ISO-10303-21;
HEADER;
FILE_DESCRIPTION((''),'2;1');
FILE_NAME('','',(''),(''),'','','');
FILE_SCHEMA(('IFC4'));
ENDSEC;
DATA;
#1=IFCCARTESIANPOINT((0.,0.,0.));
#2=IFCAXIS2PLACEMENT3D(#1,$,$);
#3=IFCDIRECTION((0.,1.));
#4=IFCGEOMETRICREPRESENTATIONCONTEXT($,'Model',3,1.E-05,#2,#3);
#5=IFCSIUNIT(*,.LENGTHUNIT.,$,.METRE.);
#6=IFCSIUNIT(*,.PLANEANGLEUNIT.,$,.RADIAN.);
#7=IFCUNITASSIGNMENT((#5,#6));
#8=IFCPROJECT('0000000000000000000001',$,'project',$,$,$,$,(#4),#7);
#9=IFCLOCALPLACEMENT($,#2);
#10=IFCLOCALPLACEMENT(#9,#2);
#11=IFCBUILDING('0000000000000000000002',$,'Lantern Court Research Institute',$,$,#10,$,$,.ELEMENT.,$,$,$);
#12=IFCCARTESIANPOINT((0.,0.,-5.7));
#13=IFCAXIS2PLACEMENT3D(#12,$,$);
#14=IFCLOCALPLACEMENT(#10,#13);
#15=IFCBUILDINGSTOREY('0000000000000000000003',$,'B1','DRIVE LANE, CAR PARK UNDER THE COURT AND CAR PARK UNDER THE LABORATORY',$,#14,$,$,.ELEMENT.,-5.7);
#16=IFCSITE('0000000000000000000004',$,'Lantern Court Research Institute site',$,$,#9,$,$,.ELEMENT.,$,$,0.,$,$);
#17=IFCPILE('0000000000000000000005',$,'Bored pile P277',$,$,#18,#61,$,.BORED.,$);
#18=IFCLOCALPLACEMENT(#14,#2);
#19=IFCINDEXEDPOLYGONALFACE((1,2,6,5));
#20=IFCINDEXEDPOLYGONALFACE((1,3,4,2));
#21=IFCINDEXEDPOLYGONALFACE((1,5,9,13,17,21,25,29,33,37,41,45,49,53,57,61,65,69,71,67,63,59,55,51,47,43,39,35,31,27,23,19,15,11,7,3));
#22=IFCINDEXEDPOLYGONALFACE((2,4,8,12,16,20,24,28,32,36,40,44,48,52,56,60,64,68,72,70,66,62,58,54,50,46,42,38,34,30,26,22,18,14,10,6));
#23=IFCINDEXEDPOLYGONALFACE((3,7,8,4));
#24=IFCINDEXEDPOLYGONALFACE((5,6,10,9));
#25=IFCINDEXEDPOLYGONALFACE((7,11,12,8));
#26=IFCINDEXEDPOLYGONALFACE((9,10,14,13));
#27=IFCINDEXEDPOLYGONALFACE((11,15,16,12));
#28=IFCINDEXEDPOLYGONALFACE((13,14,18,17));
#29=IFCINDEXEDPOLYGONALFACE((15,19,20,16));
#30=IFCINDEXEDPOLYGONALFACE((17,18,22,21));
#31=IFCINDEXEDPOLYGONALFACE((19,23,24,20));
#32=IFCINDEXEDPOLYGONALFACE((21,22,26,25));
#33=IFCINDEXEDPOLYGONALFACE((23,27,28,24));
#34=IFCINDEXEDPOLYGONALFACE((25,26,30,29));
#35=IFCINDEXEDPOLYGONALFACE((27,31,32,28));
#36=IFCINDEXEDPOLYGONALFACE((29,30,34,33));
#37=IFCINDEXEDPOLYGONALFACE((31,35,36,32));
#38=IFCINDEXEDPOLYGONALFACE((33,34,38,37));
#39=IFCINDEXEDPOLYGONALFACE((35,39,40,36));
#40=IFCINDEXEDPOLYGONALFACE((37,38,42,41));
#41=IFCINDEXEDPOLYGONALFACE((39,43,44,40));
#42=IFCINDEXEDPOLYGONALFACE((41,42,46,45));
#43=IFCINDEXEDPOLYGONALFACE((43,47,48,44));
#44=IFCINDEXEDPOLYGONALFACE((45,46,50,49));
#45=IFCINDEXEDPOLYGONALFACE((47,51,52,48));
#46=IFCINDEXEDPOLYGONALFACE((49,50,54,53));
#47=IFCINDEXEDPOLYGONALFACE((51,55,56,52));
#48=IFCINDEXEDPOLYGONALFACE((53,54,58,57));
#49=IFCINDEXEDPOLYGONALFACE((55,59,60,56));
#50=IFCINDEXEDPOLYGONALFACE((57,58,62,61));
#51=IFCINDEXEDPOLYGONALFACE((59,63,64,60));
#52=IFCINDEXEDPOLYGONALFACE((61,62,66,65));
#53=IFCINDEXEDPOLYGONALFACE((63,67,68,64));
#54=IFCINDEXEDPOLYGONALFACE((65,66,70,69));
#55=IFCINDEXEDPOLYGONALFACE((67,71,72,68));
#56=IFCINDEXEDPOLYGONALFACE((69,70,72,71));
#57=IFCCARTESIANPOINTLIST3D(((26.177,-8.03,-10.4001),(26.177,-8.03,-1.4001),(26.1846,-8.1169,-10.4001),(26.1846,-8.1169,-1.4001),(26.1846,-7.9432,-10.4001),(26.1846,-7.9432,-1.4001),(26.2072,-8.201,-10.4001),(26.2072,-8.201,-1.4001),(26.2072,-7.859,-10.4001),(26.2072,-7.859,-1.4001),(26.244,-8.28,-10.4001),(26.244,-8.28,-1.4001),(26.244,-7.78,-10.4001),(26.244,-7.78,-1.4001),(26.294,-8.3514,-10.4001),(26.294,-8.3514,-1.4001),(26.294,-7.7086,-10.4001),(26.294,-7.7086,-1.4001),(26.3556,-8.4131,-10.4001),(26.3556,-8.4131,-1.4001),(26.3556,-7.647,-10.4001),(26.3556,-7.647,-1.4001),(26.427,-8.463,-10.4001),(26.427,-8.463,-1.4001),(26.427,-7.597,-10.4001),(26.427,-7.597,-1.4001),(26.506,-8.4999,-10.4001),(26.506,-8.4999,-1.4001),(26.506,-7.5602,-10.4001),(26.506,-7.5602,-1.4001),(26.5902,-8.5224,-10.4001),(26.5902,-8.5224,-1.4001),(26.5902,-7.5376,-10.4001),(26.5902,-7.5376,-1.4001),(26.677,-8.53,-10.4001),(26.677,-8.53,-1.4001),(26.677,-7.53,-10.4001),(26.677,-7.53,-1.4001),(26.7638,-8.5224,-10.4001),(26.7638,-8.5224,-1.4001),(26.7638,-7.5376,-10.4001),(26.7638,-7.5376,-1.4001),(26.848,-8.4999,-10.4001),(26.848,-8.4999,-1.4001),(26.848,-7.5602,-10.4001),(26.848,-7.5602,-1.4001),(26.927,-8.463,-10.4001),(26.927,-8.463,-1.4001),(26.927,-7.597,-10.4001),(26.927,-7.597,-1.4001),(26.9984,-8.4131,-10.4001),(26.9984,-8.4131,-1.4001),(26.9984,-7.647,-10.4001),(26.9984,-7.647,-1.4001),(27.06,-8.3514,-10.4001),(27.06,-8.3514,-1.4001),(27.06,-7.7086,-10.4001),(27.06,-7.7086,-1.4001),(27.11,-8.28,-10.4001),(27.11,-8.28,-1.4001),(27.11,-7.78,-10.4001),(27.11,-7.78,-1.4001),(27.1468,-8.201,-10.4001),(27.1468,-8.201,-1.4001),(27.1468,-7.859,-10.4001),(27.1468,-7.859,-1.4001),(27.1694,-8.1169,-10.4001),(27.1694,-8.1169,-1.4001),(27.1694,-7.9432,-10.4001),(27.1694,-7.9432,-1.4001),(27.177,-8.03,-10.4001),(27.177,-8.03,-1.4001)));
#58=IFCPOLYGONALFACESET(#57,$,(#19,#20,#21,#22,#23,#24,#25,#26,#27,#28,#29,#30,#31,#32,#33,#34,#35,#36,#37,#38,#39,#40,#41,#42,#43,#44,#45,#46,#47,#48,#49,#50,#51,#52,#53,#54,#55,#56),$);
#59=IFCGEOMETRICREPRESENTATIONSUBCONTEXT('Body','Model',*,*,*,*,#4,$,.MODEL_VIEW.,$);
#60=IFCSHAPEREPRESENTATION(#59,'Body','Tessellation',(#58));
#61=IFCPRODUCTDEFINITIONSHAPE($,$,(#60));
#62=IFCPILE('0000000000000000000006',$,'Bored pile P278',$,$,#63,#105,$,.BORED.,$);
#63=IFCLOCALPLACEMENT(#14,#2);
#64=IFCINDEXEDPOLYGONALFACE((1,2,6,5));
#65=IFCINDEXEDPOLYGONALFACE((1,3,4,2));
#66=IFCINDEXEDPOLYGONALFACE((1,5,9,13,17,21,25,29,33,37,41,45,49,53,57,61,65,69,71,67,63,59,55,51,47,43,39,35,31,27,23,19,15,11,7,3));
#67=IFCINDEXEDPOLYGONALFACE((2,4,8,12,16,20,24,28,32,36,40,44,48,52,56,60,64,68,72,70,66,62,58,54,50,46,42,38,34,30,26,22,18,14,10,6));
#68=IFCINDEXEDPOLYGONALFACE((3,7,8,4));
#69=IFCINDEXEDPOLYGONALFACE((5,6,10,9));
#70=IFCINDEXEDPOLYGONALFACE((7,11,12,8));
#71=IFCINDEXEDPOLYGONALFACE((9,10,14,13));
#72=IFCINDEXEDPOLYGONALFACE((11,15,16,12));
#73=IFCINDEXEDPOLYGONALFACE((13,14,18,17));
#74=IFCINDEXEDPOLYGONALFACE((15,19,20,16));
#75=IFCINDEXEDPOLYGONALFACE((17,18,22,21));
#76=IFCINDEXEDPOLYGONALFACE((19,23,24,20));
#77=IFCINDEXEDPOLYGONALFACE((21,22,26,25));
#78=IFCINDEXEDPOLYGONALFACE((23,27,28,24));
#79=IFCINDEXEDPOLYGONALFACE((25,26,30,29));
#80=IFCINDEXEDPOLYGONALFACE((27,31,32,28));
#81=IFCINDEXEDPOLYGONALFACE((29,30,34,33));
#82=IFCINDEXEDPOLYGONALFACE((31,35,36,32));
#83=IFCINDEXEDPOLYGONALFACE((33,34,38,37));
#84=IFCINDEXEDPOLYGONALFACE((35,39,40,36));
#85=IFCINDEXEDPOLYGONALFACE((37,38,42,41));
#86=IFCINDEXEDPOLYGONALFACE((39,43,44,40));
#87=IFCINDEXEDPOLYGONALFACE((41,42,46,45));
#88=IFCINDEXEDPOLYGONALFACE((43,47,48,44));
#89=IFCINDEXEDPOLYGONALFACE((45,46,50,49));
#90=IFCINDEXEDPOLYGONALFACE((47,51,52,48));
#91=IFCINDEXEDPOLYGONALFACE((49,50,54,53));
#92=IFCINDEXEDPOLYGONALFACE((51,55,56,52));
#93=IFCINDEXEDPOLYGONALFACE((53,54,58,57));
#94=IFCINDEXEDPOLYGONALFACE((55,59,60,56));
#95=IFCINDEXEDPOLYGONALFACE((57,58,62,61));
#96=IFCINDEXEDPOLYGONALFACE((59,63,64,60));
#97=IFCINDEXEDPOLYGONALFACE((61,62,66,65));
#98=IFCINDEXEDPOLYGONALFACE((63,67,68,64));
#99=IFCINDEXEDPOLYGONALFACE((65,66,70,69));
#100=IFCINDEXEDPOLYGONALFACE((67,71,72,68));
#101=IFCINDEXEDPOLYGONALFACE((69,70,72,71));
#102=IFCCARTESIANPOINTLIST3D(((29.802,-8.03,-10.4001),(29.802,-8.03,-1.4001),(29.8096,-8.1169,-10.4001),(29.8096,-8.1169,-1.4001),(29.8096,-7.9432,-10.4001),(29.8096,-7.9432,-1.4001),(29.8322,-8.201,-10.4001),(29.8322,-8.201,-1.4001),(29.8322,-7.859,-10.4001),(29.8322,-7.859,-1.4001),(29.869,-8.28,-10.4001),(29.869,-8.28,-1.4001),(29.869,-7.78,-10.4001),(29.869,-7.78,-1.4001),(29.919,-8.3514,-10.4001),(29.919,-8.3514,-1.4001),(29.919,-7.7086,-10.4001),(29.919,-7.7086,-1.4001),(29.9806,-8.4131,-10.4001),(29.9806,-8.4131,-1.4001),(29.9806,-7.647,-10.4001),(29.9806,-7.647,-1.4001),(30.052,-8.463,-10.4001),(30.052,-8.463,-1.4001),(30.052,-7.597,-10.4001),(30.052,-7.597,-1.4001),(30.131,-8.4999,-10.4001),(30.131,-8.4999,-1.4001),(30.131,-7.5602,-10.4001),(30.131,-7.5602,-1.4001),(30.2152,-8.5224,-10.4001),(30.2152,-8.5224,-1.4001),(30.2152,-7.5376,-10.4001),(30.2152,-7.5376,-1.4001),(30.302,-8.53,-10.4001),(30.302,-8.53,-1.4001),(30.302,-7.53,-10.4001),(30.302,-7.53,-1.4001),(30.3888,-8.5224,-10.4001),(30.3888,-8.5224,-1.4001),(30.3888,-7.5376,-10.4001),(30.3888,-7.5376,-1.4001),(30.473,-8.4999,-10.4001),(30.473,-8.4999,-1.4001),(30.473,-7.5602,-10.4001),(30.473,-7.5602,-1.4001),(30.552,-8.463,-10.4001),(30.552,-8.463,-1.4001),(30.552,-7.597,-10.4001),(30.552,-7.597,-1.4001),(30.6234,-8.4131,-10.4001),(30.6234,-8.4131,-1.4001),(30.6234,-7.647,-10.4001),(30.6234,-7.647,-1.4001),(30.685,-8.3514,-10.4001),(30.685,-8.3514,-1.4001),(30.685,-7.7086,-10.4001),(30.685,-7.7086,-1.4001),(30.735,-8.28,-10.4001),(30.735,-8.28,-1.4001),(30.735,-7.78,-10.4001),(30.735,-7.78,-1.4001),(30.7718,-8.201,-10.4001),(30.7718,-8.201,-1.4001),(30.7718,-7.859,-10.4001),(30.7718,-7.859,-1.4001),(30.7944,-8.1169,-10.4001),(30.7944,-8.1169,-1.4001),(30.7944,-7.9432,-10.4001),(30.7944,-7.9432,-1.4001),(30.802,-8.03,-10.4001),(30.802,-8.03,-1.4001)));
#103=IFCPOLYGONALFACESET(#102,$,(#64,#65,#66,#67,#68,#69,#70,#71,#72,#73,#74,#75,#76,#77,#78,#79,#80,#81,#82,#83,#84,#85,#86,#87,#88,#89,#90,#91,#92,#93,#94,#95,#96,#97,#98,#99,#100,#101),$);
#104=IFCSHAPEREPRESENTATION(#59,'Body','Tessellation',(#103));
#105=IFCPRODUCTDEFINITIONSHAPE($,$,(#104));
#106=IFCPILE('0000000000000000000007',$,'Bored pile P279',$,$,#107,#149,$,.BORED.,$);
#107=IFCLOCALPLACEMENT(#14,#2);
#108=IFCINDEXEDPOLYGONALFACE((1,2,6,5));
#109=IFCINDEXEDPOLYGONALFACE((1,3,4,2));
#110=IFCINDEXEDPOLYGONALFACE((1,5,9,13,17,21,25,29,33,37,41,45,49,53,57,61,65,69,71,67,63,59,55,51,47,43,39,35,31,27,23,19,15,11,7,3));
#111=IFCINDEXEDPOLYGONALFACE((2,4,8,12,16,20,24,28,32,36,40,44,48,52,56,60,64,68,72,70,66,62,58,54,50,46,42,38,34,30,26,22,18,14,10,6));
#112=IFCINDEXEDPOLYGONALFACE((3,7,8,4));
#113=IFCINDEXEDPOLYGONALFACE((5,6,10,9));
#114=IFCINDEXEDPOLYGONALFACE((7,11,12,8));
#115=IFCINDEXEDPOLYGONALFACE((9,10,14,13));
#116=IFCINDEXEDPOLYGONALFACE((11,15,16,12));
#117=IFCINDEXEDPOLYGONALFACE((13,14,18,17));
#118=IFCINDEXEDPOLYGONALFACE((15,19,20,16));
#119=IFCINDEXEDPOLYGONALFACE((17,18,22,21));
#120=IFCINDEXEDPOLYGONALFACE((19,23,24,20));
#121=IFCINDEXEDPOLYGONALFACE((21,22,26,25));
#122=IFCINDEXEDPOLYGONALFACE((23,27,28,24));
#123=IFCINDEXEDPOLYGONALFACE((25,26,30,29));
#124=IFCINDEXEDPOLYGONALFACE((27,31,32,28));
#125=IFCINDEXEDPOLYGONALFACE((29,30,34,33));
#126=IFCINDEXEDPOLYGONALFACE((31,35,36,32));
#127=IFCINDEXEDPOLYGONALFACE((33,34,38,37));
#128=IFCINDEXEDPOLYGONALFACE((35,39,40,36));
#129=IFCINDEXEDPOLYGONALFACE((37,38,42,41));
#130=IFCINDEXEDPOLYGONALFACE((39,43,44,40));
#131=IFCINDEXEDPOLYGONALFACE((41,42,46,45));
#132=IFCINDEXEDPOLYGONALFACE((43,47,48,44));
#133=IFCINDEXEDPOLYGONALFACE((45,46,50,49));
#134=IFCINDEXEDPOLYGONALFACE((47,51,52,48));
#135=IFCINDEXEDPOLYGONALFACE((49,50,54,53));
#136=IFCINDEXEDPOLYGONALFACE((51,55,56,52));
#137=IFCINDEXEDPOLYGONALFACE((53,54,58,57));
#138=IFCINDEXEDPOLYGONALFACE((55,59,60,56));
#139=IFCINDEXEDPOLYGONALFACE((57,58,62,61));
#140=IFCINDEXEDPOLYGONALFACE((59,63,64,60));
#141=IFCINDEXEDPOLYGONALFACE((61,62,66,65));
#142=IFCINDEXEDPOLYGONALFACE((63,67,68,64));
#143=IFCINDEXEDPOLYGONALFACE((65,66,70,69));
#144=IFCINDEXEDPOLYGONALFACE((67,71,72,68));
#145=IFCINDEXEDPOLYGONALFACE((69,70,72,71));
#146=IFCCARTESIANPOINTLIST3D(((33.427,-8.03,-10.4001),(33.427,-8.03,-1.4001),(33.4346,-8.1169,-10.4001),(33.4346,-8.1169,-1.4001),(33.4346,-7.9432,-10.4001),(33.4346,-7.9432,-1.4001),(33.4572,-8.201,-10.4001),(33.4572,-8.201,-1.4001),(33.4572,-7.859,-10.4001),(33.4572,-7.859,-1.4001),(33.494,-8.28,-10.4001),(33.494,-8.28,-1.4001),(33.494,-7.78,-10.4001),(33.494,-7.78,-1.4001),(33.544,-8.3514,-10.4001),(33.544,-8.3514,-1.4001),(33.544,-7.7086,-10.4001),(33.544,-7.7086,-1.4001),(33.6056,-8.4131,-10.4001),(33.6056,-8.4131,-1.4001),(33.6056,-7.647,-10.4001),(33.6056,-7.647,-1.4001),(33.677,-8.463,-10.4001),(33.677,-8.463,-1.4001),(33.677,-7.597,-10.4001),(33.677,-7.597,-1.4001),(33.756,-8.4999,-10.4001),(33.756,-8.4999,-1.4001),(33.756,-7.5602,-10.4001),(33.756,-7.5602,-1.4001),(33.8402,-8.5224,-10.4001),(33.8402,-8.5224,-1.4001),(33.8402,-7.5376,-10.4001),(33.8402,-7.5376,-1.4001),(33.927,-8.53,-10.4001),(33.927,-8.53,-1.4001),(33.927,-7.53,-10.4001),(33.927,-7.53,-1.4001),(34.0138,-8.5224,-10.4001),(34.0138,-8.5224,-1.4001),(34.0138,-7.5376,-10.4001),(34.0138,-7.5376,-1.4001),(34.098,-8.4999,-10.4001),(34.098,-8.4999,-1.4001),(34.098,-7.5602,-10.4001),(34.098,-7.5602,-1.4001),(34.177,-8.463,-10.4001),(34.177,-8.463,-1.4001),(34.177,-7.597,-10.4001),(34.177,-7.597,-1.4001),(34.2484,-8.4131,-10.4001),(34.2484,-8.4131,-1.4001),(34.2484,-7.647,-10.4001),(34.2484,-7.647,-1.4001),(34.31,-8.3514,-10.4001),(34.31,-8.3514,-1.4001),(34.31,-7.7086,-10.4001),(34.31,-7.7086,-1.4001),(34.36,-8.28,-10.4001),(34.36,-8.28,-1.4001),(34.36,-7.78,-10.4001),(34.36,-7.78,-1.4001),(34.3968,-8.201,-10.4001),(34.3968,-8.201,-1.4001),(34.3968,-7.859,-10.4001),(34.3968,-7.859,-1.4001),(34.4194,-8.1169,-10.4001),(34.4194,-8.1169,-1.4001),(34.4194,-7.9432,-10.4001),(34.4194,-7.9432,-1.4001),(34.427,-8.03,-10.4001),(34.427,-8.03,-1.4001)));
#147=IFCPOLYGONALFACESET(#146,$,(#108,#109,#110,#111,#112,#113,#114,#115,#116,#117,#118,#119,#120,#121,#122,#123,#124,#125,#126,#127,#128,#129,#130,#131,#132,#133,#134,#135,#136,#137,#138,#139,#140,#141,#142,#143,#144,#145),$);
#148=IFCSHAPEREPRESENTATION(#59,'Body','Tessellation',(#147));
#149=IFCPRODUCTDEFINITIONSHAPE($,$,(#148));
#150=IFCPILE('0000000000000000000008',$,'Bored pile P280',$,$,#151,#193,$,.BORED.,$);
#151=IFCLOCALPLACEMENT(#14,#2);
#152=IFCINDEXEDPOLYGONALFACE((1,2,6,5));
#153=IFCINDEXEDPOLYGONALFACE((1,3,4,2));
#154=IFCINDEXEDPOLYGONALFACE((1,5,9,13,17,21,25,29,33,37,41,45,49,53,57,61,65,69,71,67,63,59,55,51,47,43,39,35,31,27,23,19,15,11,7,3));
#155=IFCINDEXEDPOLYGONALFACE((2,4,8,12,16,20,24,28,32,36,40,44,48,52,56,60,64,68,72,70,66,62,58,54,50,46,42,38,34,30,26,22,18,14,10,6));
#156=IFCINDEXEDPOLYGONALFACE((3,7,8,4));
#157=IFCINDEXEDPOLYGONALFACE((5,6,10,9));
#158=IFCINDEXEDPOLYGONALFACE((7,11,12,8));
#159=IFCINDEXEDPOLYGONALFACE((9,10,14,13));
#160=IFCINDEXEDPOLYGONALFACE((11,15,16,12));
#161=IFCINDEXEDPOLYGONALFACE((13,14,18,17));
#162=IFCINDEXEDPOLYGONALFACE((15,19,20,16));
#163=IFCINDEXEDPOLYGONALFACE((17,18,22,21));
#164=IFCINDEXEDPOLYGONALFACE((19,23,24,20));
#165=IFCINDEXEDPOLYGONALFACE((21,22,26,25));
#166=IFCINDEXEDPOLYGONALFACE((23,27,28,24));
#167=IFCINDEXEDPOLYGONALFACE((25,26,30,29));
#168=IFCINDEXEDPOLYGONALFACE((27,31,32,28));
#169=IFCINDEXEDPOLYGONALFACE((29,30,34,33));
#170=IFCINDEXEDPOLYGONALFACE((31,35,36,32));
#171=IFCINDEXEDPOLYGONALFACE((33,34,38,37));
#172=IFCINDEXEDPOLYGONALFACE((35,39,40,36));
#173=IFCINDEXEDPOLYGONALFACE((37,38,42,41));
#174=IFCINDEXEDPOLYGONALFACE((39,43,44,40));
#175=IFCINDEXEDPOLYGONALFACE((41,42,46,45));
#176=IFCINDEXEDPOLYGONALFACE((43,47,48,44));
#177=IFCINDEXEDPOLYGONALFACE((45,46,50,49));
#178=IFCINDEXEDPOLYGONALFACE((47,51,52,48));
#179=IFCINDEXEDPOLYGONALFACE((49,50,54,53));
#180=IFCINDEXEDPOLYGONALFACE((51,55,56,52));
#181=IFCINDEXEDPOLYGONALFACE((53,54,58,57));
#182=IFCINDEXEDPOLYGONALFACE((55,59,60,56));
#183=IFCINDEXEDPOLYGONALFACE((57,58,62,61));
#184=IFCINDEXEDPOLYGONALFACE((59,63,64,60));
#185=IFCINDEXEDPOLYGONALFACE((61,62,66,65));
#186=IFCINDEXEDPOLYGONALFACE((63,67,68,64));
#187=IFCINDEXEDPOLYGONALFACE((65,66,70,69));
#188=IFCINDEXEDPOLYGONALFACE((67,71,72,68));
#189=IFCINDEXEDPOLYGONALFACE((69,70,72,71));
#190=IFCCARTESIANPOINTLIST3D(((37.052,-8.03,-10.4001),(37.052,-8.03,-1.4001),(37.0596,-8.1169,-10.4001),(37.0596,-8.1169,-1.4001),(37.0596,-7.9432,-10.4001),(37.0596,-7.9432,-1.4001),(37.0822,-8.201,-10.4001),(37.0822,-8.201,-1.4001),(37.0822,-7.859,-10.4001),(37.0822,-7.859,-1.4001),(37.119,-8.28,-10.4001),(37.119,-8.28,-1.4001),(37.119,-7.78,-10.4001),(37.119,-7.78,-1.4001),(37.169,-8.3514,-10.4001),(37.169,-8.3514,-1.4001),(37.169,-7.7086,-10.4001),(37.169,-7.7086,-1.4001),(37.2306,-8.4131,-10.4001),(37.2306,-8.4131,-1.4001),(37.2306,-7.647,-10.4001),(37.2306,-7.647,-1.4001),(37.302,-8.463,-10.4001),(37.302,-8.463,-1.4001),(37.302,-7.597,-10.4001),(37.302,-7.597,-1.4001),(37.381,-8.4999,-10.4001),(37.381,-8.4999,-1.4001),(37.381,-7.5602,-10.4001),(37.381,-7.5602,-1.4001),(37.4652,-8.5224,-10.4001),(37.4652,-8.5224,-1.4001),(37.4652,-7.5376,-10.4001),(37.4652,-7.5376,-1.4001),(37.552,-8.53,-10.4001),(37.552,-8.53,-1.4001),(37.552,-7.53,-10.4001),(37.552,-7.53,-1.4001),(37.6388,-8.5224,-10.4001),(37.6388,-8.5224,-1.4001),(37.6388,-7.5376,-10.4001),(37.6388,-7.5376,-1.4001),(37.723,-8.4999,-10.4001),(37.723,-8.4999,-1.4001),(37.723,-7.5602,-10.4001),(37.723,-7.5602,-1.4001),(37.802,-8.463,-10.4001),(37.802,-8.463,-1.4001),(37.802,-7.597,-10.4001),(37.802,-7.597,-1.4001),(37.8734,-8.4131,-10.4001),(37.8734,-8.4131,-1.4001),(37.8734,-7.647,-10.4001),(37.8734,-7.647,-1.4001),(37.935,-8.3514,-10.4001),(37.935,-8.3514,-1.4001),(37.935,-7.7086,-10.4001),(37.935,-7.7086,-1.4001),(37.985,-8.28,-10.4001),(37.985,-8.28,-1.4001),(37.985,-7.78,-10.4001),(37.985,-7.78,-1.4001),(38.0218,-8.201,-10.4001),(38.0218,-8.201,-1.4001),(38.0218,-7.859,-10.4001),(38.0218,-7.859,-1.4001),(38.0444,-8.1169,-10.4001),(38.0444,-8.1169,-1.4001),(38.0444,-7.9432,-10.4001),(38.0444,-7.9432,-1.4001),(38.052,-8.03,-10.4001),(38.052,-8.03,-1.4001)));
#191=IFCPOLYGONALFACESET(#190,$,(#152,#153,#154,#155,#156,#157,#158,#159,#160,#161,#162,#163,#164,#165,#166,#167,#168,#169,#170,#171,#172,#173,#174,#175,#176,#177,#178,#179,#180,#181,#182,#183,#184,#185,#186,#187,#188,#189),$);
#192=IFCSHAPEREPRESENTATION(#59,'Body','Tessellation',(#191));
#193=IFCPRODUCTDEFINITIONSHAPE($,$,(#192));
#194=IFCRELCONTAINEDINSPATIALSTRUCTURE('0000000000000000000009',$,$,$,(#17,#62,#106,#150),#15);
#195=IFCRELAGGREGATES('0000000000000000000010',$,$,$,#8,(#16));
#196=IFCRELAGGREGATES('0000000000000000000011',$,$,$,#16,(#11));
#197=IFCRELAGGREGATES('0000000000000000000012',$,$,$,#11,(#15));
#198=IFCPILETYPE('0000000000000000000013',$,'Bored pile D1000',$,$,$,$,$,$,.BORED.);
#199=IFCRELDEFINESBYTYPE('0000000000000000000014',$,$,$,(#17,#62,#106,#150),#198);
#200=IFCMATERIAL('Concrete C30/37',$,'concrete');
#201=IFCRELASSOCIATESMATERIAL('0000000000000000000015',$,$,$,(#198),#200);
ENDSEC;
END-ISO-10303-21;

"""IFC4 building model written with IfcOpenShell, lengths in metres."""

from ifc_helpers import new_model, si_unit, direction, frame, origin, origin_2d, place, context, subcontext, project, spatial, circle, extrude, material, material_profile, profile_set, type_object, element, save


model = new_model("IFC4")

# Units and contexts
model_context = context("Model", 3, precision=1e-05, world=origin(), true_north=direction((0.0, 1.0)))
body_context = subcontext(model_context, "Body", "Model", "MODEL_VIEW")
ifc_project = project(units=[si_unit("LENGTHUNIT", "METRE"), si_unit("PLANEANGLEUNIT", "RADIAN")], contexts=[model_context])

# Site, building, storey
site_placement = place(None, origin())
site = spatial("IfcSite", under=ifc_project, at=site_placement, Name="Lantern Court Research Institute site", CompositionType="ELEMENT", RefElevation=0.0)
building_placement = place(site_placement, origin())
building = spatial("IfcBuilding", under=site, at=building_placement, Name="Lantern Court Research Institute", CompositionType="ELEMENT")
storey_placement = place(building_placement, frame((0.0, 0.0, -5.7)))
storey = spatial("IfcBuildingStorey", under=building, at=storey_placement, Name="B1", Description="DRIVE LANE, CAR PARK UNDER THE COURT AND CAR PARK UNDER THE LABORATORY", CompositionType="ELEMENT", Elevation=-5.7)

# Piles
ifc_material_1 = material(Name="Concrete C30/37", Category="concrete")
ifc_material_profile_1 = material_profile(ifc_material_1, circle(Radius=0.5, at=origin_2d()), Name="Bored pile D1000")
ifc_profile_set_1 = profile_set([ifc_material_profile_1], Name="Concrete C30/37")
pile_type_1 = type_object("IfcPileType", Name="Bored pile D1000", PredefinedType="BORED", material=ifc_profile_set_1)
for number, where, z_axis, x_axis, name in (
    (1, (26.677, -8.03, -1.4001), (0.0, 0.0, -1.0), (1.0, 0.0, 0.0), "Bored pile P277"),
    (2, (30.302, -8.03, -1.4001), (0.0, 0.0, -1.0), (1.0, 0.0, 0.0), "Bored pile P278"),
    (3, (33.927, -8.03, -1.4001), (0.0, 0.0, -1.0), (1.0, 0.0, 0.0), "Bored pile P279"),
    (4, (37.552, -8.03, -1.4001), (0.0, 0.0, -1.0), (1.0, 0.0, 0.0), "Bored pile P280"),
):
    element("IfcPile", number, at=place(storey_placement, frame(where, z_axis=z_axis, x_axis=x_axis)), inside=storey, type_object=pile_type_1, Name=name, PredefinedType="BORED", context=body_context, shape_type="SweptSolid", body=[
        extrude(circle(Radius=0.5, at=origin_2d()), origin(), (0.0, 0.0, 1.0), 9.0),
    ])

save(model, "model.ifc")
